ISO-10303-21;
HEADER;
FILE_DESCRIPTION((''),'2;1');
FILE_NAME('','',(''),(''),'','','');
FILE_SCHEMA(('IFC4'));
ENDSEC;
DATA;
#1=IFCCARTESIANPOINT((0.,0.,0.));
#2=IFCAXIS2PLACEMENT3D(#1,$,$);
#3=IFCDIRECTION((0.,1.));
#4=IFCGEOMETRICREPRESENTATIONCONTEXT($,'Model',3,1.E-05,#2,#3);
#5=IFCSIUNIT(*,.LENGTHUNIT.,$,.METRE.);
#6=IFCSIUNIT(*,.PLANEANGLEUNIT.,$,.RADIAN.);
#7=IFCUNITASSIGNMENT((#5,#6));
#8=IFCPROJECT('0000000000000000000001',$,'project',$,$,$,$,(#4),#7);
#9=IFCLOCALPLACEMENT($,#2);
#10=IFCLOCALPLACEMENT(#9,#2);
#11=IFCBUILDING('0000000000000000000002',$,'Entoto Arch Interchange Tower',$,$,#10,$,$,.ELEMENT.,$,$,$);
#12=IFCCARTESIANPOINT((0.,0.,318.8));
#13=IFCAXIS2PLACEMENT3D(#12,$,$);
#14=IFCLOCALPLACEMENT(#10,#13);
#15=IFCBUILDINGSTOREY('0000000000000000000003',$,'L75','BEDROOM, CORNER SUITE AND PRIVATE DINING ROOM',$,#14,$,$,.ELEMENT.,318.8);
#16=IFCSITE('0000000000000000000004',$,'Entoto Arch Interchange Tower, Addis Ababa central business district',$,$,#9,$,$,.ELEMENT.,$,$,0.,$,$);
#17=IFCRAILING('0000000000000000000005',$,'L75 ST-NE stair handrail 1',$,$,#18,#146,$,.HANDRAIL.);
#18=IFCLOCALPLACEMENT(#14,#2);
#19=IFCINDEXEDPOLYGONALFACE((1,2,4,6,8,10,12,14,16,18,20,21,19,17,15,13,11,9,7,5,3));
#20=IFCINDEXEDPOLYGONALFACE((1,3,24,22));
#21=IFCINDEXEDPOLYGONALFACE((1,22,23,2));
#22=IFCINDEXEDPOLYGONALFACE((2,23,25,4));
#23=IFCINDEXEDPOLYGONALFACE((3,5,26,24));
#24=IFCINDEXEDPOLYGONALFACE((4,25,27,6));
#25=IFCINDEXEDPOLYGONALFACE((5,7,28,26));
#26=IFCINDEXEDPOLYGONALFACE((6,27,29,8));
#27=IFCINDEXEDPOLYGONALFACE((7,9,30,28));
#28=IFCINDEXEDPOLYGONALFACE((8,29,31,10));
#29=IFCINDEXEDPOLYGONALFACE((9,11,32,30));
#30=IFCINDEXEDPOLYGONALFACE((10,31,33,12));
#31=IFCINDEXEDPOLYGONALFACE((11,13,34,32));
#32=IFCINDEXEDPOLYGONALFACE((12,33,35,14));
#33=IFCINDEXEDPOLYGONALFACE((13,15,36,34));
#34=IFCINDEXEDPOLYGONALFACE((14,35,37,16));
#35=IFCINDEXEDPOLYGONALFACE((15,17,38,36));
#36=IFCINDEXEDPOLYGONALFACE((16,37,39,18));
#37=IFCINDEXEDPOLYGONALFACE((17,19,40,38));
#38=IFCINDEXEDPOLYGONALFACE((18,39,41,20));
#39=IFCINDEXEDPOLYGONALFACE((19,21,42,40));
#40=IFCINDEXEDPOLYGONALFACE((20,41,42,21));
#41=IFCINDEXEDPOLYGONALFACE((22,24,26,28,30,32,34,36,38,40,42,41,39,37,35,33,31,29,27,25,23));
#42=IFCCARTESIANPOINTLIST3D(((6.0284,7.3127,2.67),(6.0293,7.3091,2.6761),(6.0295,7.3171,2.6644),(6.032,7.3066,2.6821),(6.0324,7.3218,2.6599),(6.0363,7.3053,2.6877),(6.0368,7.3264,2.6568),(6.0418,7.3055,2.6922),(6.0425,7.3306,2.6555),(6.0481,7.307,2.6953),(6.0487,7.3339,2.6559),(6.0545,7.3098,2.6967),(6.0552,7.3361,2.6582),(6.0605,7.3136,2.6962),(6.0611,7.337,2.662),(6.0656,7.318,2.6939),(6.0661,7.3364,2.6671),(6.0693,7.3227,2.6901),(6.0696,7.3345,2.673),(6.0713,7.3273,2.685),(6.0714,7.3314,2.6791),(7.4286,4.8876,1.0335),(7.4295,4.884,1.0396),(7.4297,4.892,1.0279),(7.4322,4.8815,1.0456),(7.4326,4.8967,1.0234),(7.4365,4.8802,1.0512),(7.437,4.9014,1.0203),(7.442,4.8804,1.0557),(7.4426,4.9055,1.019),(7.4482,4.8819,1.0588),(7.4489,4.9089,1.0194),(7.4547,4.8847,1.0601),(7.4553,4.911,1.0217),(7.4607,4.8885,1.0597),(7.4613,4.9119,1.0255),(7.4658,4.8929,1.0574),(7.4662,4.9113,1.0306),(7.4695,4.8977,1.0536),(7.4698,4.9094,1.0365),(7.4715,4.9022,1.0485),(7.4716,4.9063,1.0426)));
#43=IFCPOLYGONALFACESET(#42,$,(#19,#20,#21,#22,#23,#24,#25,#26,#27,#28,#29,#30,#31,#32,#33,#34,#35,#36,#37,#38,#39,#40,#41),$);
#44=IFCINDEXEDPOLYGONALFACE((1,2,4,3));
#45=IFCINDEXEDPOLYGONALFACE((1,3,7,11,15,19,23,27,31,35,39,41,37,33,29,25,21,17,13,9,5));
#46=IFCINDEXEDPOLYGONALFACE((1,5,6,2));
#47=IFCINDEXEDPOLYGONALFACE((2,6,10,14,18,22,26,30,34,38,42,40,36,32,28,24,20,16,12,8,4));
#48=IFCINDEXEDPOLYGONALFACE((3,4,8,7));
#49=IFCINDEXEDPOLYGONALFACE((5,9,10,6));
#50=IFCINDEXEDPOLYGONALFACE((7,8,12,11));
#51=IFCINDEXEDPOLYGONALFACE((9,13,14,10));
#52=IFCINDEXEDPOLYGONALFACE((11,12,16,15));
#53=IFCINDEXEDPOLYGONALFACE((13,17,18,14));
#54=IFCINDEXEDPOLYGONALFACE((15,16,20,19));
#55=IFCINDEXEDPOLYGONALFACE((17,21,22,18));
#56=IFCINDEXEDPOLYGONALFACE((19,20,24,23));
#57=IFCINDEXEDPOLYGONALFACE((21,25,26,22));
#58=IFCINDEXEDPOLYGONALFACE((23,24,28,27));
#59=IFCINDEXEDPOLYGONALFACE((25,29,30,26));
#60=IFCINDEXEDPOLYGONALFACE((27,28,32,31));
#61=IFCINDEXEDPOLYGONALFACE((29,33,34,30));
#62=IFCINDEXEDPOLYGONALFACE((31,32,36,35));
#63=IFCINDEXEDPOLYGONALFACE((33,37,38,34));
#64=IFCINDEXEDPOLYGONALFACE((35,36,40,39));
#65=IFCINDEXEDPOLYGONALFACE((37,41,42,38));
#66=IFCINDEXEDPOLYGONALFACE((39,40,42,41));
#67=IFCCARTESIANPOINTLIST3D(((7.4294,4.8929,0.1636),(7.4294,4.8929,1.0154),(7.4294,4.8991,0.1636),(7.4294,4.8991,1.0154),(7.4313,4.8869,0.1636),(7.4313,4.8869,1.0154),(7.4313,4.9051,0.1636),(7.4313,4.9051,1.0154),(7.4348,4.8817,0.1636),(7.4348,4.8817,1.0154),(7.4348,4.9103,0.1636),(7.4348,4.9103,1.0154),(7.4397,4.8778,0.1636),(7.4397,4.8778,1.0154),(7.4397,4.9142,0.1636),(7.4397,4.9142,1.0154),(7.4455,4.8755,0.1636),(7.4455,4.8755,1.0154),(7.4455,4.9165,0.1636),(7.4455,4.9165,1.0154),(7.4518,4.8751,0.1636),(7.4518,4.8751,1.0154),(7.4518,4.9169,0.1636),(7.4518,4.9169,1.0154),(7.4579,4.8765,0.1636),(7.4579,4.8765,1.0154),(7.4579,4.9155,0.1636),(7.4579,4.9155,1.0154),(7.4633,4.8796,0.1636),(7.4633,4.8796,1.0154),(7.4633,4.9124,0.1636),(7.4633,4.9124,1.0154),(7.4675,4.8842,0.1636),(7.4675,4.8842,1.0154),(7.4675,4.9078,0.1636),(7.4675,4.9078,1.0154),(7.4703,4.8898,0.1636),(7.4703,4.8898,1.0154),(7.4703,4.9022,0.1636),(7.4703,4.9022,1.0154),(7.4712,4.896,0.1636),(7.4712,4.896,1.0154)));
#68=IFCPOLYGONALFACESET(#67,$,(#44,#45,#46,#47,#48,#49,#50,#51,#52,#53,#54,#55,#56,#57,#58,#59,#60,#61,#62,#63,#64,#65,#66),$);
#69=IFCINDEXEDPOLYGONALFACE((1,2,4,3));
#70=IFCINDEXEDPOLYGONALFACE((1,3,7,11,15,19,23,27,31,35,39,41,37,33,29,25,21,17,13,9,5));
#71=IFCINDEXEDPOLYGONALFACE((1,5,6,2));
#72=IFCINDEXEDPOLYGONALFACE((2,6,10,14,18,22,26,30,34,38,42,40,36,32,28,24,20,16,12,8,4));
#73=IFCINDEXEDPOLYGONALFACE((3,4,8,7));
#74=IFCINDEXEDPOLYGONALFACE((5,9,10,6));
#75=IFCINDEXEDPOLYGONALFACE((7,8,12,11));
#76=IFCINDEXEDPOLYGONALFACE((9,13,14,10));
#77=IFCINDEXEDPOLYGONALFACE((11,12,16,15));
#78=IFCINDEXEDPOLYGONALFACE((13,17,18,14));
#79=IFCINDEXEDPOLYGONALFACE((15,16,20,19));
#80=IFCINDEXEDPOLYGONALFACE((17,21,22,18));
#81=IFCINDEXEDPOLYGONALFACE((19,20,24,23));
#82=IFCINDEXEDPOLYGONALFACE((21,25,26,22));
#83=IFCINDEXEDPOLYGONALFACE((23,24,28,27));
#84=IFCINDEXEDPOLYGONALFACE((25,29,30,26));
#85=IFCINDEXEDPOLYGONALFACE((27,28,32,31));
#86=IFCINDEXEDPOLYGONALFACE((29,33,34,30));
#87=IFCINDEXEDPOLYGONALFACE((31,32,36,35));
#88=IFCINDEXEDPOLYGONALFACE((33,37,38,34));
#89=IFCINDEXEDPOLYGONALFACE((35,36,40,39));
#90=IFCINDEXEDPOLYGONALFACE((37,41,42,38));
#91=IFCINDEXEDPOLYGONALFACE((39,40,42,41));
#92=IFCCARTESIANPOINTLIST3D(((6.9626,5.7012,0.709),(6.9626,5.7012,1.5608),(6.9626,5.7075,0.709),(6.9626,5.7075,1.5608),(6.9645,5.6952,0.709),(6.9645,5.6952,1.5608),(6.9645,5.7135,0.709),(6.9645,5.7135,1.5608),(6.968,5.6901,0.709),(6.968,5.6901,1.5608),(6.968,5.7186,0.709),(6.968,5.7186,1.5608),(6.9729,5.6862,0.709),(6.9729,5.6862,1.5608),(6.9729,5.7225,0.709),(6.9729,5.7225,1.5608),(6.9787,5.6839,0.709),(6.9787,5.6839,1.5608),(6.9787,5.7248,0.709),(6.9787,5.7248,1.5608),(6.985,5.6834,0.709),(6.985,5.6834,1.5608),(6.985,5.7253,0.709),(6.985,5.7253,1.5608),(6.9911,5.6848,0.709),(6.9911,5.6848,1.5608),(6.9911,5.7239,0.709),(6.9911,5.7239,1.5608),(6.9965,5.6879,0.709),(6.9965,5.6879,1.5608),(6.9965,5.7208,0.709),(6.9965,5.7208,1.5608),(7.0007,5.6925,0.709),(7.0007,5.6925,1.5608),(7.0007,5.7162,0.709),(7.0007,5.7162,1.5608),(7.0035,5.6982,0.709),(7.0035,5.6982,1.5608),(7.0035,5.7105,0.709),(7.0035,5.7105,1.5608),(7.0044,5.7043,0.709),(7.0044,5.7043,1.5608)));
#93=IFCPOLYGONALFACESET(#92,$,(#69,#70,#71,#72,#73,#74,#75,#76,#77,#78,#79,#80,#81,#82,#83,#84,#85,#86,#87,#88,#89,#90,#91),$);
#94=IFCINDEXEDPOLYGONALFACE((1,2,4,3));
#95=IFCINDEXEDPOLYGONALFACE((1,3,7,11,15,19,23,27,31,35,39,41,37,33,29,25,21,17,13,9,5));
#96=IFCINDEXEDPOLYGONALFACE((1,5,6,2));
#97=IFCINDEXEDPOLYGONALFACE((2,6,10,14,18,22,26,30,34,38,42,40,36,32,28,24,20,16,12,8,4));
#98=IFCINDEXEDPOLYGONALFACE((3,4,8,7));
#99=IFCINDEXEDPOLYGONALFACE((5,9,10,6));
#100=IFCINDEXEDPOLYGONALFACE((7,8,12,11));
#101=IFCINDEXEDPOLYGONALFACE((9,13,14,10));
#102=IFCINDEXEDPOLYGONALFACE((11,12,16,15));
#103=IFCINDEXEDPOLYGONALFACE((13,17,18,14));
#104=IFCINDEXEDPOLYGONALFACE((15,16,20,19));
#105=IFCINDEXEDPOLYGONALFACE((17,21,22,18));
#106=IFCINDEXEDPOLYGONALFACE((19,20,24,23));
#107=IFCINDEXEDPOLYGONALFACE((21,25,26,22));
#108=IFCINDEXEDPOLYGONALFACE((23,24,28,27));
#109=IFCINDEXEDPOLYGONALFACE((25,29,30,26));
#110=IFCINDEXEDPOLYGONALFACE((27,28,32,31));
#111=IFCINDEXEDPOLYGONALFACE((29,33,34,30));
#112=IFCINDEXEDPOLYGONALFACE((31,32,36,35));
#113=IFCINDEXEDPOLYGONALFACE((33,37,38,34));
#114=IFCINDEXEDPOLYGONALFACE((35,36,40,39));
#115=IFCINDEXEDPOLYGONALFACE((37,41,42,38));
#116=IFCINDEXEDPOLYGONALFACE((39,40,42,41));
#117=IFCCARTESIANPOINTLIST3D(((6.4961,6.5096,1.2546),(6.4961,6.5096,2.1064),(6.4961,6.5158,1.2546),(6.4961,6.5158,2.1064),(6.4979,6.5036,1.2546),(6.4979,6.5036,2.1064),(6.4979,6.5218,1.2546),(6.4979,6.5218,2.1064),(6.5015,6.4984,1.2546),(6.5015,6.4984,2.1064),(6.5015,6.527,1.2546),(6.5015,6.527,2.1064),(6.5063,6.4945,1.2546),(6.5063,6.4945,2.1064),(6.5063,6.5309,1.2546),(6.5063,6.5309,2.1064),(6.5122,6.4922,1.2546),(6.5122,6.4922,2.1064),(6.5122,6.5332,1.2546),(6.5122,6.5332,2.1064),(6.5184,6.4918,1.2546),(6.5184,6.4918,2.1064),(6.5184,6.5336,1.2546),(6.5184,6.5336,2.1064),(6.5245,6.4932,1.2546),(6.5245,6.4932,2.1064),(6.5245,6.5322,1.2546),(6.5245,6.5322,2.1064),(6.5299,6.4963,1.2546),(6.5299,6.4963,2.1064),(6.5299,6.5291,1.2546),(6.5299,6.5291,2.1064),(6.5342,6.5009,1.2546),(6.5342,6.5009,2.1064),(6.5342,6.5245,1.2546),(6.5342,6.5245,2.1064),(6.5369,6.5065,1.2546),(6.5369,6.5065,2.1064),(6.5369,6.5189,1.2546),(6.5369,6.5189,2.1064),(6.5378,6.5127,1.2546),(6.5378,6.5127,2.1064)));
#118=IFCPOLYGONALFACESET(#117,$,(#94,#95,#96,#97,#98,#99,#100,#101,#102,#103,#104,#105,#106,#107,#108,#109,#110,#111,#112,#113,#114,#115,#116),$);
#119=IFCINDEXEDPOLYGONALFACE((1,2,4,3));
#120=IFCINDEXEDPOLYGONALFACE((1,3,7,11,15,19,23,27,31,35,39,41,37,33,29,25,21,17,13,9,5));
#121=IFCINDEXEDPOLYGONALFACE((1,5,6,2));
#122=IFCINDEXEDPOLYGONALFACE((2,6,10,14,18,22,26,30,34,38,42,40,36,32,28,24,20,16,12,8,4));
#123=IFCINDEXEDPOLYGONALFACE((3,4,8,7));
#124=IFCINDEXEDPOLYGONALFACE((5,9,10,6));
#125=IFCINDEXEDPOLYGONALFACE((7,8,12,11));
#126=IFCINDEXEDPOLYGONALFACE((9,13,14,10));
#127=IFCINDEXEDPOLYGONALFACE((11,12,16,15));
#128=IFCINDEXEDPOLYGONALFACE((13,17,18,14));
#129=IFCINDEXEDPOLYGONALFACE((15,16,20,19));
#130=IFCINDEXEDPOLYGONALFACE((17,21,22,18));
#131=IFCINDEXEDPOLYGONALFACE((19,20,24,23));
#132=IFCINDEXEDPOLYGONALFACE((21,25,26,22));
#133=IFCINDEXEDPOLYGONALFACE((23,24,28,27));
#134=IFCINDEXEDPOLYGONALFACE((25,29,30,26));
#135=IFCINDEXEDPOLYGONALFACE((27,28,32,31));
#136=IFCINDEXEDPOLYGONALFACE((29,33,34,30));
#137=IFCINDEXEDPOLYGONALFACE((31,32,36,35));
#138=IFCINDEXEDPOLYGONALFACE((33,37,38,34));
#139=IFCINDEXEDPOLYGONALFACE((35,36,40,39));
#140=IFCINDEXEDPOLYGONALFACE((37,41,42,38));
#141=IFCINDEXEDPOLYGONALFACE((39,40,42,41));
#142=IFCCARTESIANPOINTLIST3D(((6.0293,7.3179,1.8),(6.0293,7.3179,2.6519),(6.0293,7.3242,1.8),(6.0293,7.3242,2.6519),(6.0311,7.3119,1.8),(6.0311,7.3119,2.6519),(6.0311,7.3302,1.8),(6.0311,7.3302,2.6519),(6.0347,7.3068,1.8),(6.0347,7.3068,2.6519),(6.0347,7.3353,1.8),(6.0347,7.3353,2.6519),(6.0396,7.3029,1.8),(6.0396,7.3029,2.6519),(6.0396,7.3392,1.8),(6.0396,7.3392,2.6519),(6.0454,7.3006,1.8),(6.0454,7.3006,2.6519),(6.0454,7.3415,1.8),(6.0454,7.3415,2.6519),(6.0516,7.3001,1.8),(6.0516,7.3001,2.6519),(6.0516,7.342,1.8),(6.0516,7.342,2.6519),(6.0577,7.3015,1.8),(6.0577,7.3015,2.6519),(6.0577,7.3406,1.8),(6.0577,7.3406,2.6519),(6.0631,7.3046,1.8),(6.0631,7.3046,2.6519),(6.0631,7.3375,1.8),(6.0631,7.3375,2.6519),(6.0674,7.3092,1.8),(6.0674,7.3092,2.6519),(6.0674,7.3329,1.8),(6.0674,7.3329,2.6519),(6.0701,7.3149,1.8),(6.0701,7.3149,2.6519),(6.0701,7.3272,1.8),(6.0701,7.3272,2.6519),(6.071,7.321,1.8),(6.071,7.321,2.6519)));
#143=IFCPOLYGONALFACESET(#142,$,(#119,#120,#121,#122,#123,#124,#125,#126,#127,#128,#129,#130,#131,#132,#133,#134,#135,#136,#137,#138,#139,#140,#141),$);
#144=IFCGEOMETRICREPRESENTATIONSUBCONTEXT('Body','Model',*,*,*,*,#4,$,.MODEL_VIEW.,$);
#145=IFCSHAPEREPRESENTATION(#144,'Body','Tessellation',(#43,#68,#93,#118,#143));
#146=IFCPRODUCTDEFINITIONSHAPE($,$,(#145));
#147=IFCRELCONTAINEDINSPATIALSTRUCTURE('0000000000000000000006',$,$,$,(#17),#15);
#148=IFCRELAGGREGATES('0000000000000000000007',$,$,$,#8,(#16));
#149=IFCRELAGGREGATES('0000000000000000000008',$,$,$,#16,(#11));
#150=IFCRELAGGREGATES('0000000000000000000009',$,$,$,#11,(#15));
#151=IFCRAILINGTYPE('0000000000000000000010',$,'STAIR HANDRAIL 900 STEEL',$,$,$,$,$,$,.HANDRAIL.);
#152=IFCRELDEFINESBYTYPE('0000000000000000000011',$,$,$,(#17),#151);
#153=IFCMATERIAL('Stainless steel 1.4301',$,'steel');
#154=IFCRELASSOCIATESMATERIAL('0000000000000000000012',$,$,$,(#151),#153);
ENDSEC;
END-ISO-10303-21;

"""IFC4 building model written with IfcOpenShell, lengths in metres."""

from ifc_helpers import new_model, si_unit, direction, frame, origin, origin_2d, place, context, subcontext, project, spatial, circle, extrude, material, type_object, element, save


model = new_model("IFC4")

# Units and contexts
model_context = context("Model", 3, precision=1e-05, world=origin(), true_north=direction((0.0, 1.0)))
body_context = subcontext(model_context, "Body", "Model", "MODEL_VIEW")
ifc_project = project(units=[si_unit("LENGTHUNIT", "METRE"), si_unit("PLANEANGLEUNIT", "RADIAN")], contexts=[model_context])

# Site, building, storey
site_placement = place(None, origin())
site = spatial("IfcSite", under=ifc_project, at=site_placement, Name="Entoto Arch Interchange Tower, Addis Ababa central business district", CompositionType="ELEMENT", RefElevation=0.0)
building_placement = place(site_placement, origin())
building = spatial("IfcBuilding", under=site, at=building_placement, Name="Entoto Arch Interchange Tower", CompositionType="ELEMENT")
storey_placement = place(building_placement, frame((0.0, 0.0, 318.8)))
storey = spatial("IfcBuildingStorey", under=building, at=storey_placement, Name="L75", Description="BEDROOM, CORNER SUITE AND PRIVATE DINING ROOM", CompositionType="ELEMENT", Elevation=318.8)

# Shared definitions
ifc_material_1 = material(Name="Stainless steel 1.4301", Category="steel")

# Railing
railing_type_1 = type_object("IfcRailingType", Name="STAIR HANDRAIL 900 STEEL", PredefinedType="HANDRAIL", material=ifc_material_1)
railing_1_placement = place(storey_placement, frame((7.4502, 4.896, 0.1636)))
element("IfcRailing", 1, at=railing_1_placement, inside=storey, type_object=railing_type_1, Name="L75 ST-NE stair handrail 1", PredefinedType="HANDRAIL", context=body_context, shape_type="SweptSolid", body=[
    extrude(circle(Radius=0.0239, at=origin_2d()), frame((0.0, 0.0, 0.876), z_axis=(-0.431698, 0.747699, 0.504563), x_axis=(-0.866019, -0.500012, 0.0)), (0.0, 0.0, 1.0), 3.2434),
    extrude(circle(Radius=0.021, at=origin_2d()), origin(), (0.0, 0.0, 1.0), 0.8518),
    extrude(circle(Radius=0.021, at=origin_2d()), frame((-0.4668, 0.8083, 0.5454)), (0.0, 0.0, 1.0), 0.8518),
    extrude(circle(Radius=0.021, at=origin_2d()), frame((-0.9333, 1.6167, 1.0911)), (0.0, 0.0, 1.0), 0.8518),
    extrude(circle(Radius=0.021, at=origin_2d()), frame((-1.4001, 2.425, 1.6365)), (0.0, 0.0, 1.0), 0.8518),
])

save(model, "model.ifc")
